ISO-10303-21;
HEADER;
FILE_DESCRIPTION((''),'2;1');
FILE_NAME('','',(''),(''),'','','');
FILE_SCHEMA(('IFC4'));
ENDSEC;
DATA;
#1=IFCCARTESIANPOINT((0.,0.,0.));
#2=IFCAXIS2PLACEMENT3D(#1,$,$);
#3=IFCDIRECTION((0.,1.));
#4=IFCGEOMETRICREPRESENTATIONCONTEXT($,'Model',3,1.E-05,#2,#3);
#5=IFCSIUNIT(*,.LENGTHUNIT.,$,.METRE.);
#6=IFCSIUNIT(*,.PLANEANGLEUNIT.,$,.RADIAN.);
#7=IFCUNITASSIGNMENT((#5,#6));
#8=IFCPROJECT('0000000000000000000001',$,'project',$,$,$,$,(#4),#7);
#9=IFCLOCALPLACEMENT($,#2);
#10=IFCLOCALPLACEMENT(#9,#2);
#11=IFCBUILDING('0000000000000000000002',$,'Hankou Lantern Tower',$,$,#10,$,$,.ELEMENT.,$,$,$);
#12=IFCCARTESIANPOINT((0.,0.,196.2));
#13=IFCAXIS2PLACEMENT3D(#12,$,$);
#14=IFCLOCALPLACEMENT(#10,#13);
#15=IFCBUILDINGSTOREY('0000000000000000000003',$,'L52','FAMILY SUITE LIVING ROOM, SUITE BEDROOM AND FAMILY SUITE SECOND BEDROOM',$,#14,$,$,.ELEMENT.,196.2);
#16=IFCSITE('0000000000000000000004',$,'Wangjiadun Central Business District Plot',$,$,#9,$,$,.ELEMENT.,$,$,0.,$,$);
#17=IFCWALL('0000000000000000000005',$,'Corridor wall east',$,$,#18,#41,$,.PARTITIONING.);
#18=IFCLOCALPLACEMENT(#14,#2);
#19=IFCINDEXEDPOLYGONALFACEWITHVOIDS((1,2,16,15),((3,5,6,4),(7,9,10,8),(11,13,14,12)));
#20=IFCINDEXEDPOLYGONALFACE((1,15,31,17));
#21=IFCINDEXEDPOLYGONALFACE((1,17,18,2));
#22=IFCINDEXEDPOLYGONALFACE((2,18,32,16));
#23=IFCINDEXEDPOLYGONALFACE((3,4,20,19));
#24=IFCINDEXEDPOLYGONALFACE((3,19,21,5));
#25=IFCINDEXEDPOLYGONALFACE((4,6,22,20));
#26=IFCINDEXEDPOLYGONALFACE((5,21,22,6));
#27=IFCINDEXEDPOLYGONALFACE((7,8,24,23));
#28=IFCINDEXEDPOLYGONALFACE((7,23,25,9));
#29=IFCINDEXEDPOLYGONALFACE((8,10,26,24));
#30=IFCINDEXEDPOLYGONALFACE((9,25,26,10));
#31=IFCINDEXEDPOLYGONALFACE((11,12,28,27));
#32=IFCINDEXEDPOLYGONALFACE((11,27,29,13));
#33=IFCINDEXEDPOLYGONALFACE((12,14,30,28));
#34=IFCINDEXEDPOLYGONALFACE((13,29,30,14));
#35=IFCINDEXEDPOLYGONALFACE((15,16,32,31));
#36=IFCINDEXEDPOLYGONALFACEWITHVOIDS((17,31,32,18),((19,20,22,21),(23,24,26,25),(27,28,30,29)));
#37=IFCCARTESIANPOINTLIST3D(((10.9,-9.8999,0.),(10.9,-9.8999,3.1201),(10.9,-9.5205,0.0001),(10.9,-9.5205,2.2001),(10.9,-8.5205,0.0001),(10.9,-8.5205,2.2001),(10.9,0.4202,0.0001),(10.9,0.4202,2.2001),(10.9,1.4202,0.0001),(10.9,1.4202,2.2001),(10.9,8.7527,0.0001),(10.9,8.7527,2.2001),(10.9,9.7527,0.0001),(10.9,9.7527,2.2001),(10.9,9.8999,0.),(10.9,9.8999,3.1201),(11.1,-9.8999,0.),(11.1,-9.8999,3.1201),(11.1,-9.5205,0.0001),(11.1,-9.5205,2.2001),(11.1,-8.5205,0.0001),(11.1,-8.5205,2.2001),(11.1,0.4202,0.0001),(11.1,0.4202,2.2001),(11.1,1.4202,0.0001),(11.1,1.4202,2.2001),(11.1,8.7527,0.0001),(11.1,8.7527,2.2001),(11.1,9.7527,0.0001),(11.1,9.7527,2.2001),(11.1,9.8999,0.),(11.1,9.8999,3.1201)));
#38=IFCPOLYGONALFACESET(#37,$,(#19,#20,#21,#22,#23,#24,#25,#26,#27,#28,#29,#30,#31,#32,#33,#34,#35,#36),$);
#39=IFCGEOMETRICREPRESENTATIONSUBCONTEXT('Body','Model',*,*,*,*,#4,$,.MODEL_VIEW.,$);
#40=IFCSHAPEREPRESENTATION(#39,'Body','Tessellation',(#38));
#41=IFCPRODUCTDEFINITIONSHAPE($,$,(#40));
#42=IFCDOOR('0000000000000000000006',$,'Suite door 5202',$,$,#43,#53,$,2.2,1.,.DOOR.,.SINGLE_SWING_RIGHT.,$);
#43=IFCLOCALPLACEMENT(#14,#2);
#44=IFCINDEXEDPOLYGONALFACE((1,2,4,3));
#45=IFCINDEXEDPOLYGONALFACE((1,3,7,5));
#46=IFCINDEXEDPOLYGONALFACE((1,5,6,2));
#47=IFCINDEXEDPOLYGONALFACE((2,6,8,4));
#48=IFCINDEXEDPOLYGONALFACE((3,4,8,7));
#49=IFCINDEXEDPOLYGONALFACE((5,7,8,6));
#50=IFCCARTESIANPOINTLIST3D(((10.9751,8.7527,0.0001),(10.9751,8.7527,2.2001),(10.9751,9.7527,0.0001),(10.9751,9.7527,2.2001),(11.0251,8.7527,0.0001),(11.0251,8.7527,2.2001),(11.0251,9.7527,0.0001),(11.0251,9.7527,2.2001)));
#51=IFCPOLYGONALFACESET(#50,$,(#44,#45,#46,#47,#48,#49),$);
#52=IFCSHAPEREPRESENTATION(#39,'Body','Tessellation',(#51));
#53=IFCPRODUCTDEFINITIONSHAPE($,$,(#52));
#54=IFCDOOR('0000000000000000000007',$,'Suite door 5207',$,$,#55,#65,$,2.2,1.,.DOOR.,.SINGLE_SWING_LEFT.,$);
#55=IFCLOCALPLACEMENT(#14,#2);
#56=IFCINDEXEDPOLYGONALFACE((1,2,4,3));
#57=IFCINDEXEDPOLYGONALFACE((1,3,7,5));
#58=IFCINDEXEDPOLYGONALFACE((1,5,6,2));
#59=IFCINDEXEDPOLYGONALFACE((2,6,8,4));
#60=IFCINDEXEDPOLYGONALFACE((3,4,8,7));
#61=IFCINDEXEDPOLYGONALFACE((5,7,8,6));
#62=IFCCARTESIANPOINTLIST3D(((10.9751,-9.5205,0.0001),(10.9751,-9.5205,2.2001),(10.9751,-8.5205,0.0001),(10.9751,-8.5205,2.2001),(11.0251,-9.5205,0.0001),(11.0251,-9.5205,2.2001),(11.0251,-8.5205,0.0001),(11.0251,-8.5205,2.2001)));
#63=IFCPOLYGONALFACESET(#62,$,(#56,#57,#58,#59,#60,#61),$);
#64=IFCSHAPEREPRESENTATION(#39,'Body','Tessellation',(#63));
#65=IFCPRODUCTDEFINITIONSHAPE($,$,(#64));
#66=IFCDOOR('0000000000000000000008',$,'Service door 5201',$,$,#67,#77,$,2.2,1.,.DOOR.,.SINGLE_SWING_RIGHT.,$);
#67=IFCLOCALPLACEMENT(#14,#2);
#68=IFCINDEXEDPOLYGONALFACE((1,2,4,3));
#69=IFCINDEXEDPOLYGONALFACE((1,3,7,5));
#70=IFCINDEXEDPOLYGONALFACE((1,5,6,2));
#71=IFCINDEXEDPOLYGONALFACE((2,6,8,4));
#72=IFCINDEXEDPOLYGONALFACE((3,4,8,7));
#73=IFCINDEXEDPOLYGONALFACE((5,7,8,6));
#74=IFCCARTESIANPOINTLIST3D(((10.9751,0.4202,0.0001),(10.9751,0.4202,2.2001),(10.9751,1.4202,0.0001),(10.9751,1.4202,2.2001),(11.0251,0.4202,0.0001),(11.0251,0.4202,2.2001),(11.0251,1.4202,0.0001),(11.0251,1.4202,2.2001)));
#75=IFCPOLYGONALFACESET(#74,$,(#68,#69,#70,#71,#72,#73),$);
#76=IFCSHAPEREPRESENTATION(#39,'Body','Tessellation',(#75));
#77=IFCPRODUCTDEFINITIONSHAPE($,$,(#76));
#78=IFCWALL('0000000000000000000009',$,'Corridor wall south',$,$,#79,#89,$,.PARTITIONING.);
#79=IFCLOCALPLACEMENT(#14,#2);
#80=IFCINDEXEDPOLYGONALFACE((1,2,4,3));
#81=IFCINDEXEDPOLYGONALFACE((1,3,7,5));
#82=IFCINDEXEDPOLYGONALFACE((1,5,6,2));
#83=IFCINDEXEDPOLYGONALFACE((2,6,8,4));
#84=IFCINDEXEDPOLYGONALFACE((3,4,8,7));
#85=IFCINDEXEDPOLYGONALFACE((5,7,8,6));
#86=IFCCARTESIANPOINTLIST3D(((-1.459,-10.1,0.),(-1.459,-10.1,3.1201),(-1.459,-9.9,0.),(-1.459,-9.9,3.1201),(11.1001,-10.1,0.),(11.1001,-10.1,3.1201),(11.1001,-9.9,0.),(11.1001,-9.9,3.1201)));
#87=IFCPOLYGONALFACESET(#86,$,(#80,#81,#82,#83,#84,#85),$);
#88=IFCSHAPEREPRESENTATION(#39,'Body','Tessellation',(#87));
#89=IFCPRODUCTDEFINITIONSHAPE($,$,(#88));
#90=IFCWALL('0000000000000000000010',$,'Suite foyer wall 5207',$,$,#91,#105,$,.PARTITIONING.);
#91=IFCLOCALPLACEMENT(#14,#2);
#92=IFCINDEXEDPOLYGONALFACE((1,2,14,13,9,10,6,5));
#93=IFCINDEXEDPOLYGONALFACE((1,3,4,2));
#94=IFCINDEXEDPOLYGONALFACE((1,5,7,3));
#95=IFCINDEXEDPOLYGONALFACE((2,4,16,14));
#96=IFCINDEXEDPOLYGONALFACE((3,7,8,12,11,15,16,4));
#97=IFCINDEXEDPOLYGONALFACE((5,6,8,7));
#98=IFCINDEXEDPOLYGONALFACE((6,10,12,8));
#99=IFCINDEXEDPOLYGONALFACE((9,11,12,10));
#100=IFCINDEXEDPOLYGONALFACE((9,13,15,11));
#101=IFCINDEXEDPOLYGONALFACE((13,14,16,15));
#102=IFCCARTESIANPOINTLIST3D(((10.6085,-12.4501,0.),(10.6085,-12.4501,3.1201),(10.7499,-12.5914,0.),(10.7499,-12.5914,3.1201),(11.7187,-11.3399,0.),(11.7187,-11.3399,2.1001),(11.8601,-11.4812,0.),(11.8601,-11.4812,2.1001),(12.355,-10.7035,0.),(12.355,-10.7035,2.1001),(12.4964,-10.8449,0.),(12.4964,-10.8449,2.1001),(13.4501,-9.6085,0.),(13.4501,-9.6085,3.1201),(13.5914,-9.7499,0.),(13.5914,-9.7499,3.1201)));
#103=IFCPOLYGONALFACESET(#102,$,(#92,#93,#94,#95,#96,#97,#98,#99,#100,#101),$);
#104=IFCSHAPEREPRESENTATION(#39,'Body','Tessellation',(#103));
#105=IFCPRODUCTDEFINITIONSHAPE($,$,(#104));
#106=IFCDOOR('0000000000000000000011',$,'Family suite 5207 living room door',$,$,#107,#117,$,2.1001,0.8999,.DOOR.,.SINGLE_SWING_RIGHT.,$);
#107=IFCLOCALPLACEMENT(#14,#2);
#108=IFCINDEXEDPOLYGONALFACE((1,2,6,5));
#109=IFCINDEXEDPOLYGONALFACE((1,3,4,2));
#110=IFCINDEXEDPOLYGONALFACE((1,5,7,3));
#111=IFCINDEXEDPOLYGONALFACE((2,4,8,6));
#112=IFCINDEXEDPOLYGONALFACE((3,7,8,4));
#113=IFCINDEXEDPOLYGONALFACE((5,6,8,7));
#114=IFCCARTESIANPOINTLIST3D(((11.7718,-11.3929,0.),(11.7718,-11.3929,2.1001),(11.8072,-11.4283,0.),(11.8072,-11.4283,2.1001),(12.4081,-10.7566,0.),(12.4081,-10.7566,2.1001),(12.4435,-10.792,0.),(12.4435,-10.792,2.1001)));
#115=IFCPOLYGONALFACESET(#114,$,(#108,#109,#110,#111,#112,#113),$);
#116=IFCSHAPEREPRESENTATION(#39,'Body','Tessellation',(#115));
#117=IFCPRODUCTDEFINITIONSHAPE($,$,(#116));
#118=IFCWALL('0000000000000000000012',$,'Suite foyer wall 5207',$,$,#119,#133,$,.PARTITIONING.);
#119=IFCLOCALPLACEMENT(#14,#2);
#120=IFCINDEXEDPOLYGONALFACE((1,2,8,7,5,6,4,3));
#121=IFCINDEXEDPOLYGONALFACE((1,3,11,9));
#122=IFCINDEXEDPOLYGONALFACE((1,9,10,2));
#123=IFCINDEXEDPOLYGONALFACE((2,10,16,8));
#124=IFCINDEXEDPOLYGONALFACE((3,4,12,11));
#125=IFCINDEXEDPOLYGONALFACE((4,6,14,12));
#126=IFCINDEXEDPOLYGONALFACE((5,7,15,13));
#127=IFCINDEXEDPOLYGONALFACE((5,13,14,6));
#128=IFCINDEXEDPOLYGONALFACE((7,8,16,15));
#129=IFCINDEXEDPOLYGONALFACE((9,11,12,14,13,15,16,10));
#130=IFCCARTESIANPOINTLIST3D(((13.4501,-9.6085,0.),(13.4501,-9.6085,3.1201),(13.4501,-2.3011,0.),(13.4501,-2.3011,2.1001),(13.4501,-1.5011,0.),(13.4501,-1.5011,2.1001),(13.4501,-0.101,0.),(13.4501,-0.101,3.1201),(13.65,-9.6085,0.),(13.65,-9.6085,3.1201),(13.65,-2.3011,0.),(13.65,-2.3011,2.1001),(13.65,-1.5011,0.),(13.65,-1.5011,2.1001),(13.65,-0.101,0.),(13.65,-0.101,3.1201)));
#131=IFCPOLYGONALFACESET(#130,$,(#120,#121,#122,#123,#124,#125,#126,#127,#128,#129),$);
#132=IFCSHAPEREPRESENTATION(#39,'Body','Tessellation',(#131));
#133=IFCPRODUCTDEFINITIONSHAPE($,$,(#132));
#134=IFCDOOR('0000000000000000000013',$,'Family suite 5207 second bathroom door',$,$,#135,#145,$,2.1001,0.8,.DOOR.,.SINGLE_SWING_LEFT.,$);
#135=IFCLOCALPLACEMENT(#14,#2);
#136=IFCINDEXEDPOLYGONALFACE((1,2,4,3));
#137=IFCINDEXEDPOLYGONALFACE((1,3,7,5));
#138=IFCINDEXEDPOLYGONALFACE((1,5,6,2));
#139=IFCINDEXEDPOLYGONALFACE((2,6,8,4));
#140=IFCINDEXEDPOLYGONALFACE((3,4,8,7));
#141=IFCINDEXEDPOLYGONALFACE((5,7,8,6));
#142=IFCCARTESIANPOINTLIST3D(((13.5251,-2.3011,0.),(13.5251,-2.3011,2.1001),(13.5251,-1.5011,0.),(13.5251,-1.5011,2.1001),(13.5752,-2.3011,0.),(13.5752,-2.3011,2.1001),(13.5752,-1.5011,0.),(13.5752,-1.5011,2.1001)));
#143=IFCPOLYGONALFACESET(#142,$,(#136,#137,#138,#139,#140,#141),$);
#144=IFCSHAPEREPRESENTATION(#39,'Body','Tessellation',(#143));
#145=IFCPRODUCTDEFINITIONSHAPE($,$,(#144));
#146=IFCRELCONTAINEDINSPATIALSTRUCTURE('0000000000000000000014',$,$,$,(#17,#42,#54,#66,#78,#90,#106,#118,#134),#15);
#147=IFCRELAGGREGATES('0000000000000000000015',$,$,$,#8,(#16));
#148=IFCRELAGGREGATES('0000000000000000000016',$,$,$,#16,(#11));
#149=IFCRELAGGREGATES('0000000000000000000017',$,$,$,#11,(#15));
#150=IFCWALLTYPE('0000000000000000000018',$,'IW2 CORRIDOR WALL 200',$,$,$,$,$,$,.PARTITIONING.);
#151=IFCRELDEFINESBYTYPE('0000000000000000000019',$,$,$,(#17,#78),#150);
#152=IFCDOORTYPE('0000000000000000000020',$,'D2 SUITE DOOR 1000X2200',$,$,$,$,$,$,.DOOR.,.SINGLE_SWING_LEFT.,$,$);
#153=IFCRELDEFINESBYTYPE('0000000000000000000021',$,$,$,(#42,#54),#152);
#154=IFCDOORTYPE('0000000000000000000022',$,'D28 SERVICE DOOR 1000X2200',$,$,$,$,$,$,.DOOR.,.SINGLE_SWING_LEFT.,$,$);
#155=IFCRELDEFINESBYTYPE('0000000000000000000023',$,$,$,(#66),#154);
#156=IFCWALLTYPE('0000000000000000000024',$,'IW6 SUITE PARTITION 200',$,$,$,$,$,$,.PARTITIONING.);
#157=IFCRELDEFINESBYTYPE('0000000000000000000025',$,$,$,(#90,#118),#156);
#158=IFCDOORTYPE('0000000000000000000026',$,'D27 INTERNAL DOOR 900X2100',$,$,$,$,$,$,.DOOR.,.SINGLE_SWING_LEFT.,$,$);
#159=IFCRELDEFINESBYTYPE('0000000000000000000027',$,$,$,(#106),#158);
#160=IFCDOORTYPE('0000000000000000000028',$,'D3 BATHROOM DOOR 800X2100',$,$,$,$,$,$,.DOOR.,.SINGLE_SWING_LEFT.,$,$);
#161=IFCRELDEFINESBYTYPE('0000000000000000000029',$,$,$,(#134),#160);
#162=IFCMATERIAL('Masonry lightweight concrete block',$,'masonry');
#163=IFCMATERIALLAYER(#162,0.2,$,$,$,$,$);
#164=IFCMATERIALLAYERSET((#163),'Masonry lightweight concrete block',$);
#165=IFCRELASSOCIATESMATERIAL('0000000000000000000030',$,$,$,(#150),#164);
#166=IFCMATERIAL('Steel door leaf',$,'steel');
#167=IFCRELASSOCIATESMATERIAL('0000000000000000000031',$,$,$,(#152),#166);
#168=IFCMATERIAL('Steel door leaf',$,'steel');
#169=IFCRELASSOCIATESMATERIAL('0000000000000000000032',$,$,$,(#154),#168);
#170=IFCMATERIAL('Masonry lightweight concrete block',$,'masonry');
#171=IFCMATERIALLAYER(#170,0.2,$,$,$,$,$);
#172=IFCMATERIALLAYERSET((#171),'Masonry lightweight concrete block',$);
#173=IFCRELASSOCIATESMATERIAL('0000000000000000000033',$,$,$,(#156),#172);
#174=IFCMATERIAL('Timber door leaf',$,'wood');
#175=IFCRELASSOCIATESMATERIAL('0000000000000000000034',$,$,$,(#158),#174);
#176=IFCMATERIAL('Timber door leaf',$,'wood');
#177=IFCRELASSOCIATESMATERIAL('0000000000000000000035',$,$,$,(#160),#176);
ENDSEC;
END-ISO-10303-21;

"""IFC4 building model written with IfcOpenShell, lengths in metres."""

from ifc_helpers import new_model, si_unit, direction, frame, frame_2d, origin, place, context, subcontext, project, spatial, rectangle, extrude, material, layer, layer_set, type_object, element, fill, save


model = new_model("IFC4")

# Units and contexts
model_context = context("Model", 3, precision=1e-05, world=origin(), true_north=direction((0.0, 1.0)))
body_context = subcontext(model_context, "Body", "Model", "MODEL_VIEW")
ifc_project = project(units=[si_unit("LENGTHUNIT", "METRE"), si_unit("PLANEANGLEUNIT", "RADIAN")], contexts=[model_context])

# Site, building, storey
site_placement = place(None, origin())
site = spatial("IfcSite", under=ifc_project, at=site_placement, Name="Wangjiadun Central Business District Plot", CompositionType="ELEMENT", RefElevation=0.0)
building_placement = place(site_placement, origin())
building = spatial("IfcBuilding", under=site, at=building_placement, Name="Hankou Lantern Tower", CompositionType="ELEMENT")
storey_placement = place(building_placement, frame((0.0, 0.0, 196.2)))
storey = spatial("IfcBuildingStorey", under=building, at=storey_placement, Name="L52", Description="FAMILY SUITE LIVING ROOM, SUITE BEDROOM AND FAMILY SUITE SECOND BEDROOM", CompositionType="ELEMENT", Elevation=196.2)

# Wall, openings, doors
ifc_material_1 = material(Name="Masonry lightweight concrete block", Category="masonry")
ifc_layer_1 = layer(ifc_material_1, 0.2)
ifc_layer_set_1 = layer_set([ifc_layer_1], Name="Masonry lightweight concrete block")
wall_type_1 = type_object("IfcWallType", Name="IW2 CORRIDOR WALL 200", PredefinedType="PARTITIONING", material=ifc_layer_set_1)
wall_1_placement = place(storey_placement, frame((11.0, -9.8999, 0.0), z_axis=(0.0, 0.0, 1.0), x_axis=(0.0, 1.0, 0.0)))
wall_1 = element("IfcWall", 1, at=wall_1_placement, inside=storey, type_object=wall_type_1, Name="Corridor wall east", PredefinedType="PARTITIONING", context=body_context, shape_type="SweptSolid", body=[
    extrude(rectangle(XDim=19.7998, YDim=0.2, at=frame_2d((9.8999, 0.0))), origin(), (0.0, 0.0, 1.0), 3.1201),
])
opening_1_placement = place(wall_1_placement, frame((10.3201, 0.0, 0.0)))
opening_1 = element("IfcOpeningElement", 2, at=opening_1_placement, cuts=wall_1, PredefinedType="OPENING", context=body_context, shape_type="SweptSolid", body=[
    extrude(rectangle(XDim=1.0, YDim=2.2, at=frame_2d((0.5, 1.1001))), frame((0.0, 0.1099, 0.0), z_axis=(0.0, -1.0, 0.0), x_axis=(1.0, 0.0, 0.0)), (0.0, 0.0, 1.0), 0.22),
])
opening_2_placement = place(wall_1_placement, frame((18.6526, 0.0, 0.0)))
opening_2 = element("IfcOpeningElement", 3, at=opening_2_placement, cuts=wall_1, PredefinedType="OPENING", context=body_context, shape_type="SweptSolid", body=[
    extrude(rectangle(XDim=1.0, YDim=2.2, at=frame_2d((0.5, 1.1001))), frame((0.0, 0.1099, 0.0), z_axis=(0.0, -1.0, 0.0), x_axis=(1.0, 0.0, 0.0)), (0.0, 0.0, 1.0), 0.22),
])
opening_3_placement = place(wall_1_placement, frame((0.3794, 0.0, 0.0)))
opening_3 = element("IfcOpeningElement", 4, at=opening_3_placement, cuts=wall_1, PredefinedType="OPENING", context=body_context, shape_type="SweptSolid", body=[
    extrude(rectangle(XDim=1.0, YDim=2.2, at=frame_2d((0.5, 1.1001))), frame((0.0, 0.1099, 0.0), z_axis=(0.0, -1.0, 0.0), x_axis=(1.0, 0.0, 0.0)), (0.0, 0.0, 1.0), 0.22),
])
ifc_material_2 = material(Name="Steel door leaf", Category="steel")
door_type_1 = type_object("IfcDoorType", Name="D2 SUITE DOOR 1000X2200", OperationType="SINGLE_SWING_LEFT", PredefinedType="DOOR", material=ifc_material_2)
door_1_placement = place(opening_2_placement, origin())
door_1 = element("IfcDoor", 5, at=door_1_placement, inside=storey, type_object=door_type_1, Name="Suite door 5202", OperationType="SINGLE_SWING_RIGHT", OverallHeight=2.2, OverallWidth=1.0, PredefinedType="DOOR", context=body_context, shape_type="SweptSolid", body=[
    extrude(rectangle(XDim=1.0, YDim=2.2, at=frame_2d((0.5, 1.1001))), frame((0.0, 0.0249, 0.0), z_axis=(0.0, -1.0, 0.0), x_axis=(1.0, 0.0, 0.0)), (0.0, 0.0, 1.0), 0.05),
])
fill(opening_2, door_1)
door_2_placement = place(opening_3_placement, origin())
door_2 = element("IfcDoor", 6, at=door_2_placement, inside=storey, type_object=door_type_1, Name="Suite door 5207", OperationType="SINGLE_SWING_LEFT", OverallHeight=2.2, OverallWidth=1.0, PredefinedType="DOOR", context=body_context, shape_type="SweptSolid", body=[
    extrude(rectangle(XDim=1.0, YDim=2.2, at=frame_2d((0.5, 1.1001))), frame((0.0, 0.0249, 0.0), z_axis=(0.0, -1.0, 0.0), x_axis=(1.0, 0.0, 0.0)), (0.0, 0.0, 1.0), 0.05),
])
fill(opening_3, door_2)
ifc_material_3 = material(Name="Steel door leaf", Category="steel")
door_type_2 = type_object("IfcDoorType", Name="D28 SERVICE DOOR 1000X2200", OperationType="SINGLE_SWING_LEFT", PredefinedType="DOOR", material=ifc_material_3)
door_3_placement = place(opening_1_placement, origin())
door_3 = element("IfcDoor", 7, at=door_3_placement, inside=storey, type_object=door_type_2, Name="Service door 5201", OperationType="SINGLE_SWING_RIGHT", OverallHeight=2.2, OverallWidth=1.0, PredefinedType="DOOR", context=body_context, shape_type="SweptSolid", body=[
    extrude(rectangle(XDim=1.0, YDim=2.2, at=frame_2d((0.5, 1.1001))), frame((0.0, 0.0249, 0.0), z_axis=(0.0, -1.0, 0.0), x_axis=(1.0, 0.0, 0.0)), (0.0, 0.0, 1.0), 0.05),
])
fill(opening_1, door_3)

# Wall
wall_2_placement = place(storey_placement, frame((11.1001, -10.0, 0.0), z_axis=(0.0, 0.0, 1.0), x_axis=(-1.0, 0.0, 0.0)))
element("IfcWall", 8, at=wall_2_placement, inside=storey, type_object=wall_type_1, Name="Corridor wall south", PredefinedType="PARTITIONING", context=body_context, shape_type="SweptSolid", body=[
    extrude(rectangle(XDim=12.5591, YDim=0.2, at=frame_2d((6.2795, 0.0))), origin(), (0.0, 0.0, 1.0), 3.1201),
])

# Walls, openings, doors
ifc_material_4 = material(Name="Masonry lightweight concrete block", Category="masonry")
ifc_layer_2 = layer(ifc_material_4, 0.2)
ifc_layer_set_2 = layer_set([ifc_layer_2], Name="Masonry lightweight concrete block")
wall_type_2 = type_object("IfcWallType", Name="IW6 SUITE PARTITION 200", PredefinedType="PARTITIONING", material=ifc_layer_set_2)
wall_3_placement = place(storey_placement, frame((10.6792, -12.5208, 0.0), z_axis=(0.0, 0.0, 1.0), x_axis=(0.707107, 0.707107, 0.0)))
wall_3 = element("IfcWall", 9, at=wall_3_placement, inside=storey, type_object=wall_type_2, Name="Suite foyer wall 5207", PredefinedType="PARTITIONING", context=body_context, shape_type="SweptSolid", body=[
    extrude(rectangle(XDim=4.0186, YDim=0.2, at=frame_2d((2.0093, 0.0))), origin(), (0.0, 0.0, 1.0), 3.1201),
])
opening_4_placement = place(wall_3_placement, frame((1.5701, 0.0, 0.0)))
opening_4 = element("IfcOpeningElement", 10, at=opening_4_placement, cuts=wall_3, PredefinedType="OPENING", context=body_context, shape_type="SweptSolid", body=[
    extrude(rectangle(XDim=0.8999, YDim=2.1001, at=frame_2d((0.45, 1.05))), frame((0.0, 0.1099, 0.0), z_axis=(0.0, -1.0, 0.0), x_axis=(1.0, 0.0, 0.0)), (0.0, 0.0, 1.0), 0.22),
])
ifc_material_5 = material(Name="Timber door leaf", Category="wood")
door_type_3 = type_object("IfcDoorType", Name="D27 INTERNAL DOOR 900X2100", OperationType="SINGLE_SWING_LEFT", PredefinedType="DOOR", material=ifc_material_5)
door_4_placement = place(opening_4_placement, origin())
door_4 = element("IfcDoor", 11, at=door_4_placement, inside=storey, type_object=door_type_3, Name="Family suite 5207 living room door", OperationType="SINGLE_SWING_RIGHT", OverallHeight=2.1001, OverallWidth=0.8999, PredefinedType="DOOR", context=body_context, shape_type="SweptSolid", body=[
    extrude(rectangle(XDim=0.8999, YDim=2.1001, at=frame_2d((0.45, 1.05))), frame((0.0, 0.0249, 0.0), z_axis=(0.0, -1.0, 0.0), x_axis=(1.0, 0.0, 0.0)), (0.0, 0.0, 1.0), 0.05),
])
fill(opening_4, door_4)
wall_4_placement = place(storey_placement, frame((13.55, -9.6086, 0.0), z_axis=(0.0, 0.0, 1.0), x_axis=(0.0, 1.0, 0.0)))
wall_4 = element("IfcWall", 12, at=wall_4_placement, inside=storey, type_object=wall_type_2, Name="Suite foyer wall 5207", PredefinedType="PARTITIONING", context=body_context, shape_type="SweptSolid", body=[
    extrude(rectangle(XDim=9.5076, YDim=0.2, at=frame_2d((4.7539, 0.0))), origin(), (0.0, 0.0, 1.0), 3.1201),
])
opening_5_placement = place(wall_4_placement, frame((7.3076, 0.0, 0.0)))
opening_5 = element("IfcOpeningElement", 13, at=opening_5_placement, cuts=wall_4, PredefinedType="OPENING", context=body_context, shape_type="SweptSolid", body=[
    extrude(rectangle(XDim=0.8, YDim=2.1001, at=frame_2d((0.3999, 1.05))), frame((0.0, 0.1099, 0.0), z_axis=(0.0, -1.0, 0.0), x_axis=(1.0, 0.0, 0.0)), (0.0, 0.0, 1.0), 0.22),
])
ifc_material_6 = material(Name="Timber door leaf", Category="wood")
door_type_4 = type_object("IfcDoorType", Name="D3 BATHROOM DOOR 800X2100", OperationType="SINGLE_SWING_LEFT", PredefinedType="DOOR", material=ifc_material_6)
door_5_placement = place(opening_5_placement, origin())
door_5 = element("IfcDoor", 14, at=door_5_placement, inside=storey, type_object=door_type_4, Name="Family suite 5207 second bathroom door", OperationType="SINGLE_SWING_LEFT", OverallHeight=2.1001, OverallWidth=0.8, PredefinedType="DOOR", context=body_context, shape_type="SweptSolid", body=[
    extrude(rectangle(XDim=0.8, YDim=2.1001, at=frame_2d((0.3999, 1.05))), frame((0.0, 0.0249, 0.0), z_axis=(0.0, -1.0, 0.0), x_axis=(1.0, 0.0, 0.0)), (0.0, 0.0, 1.0), 0.05),
])
fill(opening_5, door_5)

save(model, "model.ifc")
